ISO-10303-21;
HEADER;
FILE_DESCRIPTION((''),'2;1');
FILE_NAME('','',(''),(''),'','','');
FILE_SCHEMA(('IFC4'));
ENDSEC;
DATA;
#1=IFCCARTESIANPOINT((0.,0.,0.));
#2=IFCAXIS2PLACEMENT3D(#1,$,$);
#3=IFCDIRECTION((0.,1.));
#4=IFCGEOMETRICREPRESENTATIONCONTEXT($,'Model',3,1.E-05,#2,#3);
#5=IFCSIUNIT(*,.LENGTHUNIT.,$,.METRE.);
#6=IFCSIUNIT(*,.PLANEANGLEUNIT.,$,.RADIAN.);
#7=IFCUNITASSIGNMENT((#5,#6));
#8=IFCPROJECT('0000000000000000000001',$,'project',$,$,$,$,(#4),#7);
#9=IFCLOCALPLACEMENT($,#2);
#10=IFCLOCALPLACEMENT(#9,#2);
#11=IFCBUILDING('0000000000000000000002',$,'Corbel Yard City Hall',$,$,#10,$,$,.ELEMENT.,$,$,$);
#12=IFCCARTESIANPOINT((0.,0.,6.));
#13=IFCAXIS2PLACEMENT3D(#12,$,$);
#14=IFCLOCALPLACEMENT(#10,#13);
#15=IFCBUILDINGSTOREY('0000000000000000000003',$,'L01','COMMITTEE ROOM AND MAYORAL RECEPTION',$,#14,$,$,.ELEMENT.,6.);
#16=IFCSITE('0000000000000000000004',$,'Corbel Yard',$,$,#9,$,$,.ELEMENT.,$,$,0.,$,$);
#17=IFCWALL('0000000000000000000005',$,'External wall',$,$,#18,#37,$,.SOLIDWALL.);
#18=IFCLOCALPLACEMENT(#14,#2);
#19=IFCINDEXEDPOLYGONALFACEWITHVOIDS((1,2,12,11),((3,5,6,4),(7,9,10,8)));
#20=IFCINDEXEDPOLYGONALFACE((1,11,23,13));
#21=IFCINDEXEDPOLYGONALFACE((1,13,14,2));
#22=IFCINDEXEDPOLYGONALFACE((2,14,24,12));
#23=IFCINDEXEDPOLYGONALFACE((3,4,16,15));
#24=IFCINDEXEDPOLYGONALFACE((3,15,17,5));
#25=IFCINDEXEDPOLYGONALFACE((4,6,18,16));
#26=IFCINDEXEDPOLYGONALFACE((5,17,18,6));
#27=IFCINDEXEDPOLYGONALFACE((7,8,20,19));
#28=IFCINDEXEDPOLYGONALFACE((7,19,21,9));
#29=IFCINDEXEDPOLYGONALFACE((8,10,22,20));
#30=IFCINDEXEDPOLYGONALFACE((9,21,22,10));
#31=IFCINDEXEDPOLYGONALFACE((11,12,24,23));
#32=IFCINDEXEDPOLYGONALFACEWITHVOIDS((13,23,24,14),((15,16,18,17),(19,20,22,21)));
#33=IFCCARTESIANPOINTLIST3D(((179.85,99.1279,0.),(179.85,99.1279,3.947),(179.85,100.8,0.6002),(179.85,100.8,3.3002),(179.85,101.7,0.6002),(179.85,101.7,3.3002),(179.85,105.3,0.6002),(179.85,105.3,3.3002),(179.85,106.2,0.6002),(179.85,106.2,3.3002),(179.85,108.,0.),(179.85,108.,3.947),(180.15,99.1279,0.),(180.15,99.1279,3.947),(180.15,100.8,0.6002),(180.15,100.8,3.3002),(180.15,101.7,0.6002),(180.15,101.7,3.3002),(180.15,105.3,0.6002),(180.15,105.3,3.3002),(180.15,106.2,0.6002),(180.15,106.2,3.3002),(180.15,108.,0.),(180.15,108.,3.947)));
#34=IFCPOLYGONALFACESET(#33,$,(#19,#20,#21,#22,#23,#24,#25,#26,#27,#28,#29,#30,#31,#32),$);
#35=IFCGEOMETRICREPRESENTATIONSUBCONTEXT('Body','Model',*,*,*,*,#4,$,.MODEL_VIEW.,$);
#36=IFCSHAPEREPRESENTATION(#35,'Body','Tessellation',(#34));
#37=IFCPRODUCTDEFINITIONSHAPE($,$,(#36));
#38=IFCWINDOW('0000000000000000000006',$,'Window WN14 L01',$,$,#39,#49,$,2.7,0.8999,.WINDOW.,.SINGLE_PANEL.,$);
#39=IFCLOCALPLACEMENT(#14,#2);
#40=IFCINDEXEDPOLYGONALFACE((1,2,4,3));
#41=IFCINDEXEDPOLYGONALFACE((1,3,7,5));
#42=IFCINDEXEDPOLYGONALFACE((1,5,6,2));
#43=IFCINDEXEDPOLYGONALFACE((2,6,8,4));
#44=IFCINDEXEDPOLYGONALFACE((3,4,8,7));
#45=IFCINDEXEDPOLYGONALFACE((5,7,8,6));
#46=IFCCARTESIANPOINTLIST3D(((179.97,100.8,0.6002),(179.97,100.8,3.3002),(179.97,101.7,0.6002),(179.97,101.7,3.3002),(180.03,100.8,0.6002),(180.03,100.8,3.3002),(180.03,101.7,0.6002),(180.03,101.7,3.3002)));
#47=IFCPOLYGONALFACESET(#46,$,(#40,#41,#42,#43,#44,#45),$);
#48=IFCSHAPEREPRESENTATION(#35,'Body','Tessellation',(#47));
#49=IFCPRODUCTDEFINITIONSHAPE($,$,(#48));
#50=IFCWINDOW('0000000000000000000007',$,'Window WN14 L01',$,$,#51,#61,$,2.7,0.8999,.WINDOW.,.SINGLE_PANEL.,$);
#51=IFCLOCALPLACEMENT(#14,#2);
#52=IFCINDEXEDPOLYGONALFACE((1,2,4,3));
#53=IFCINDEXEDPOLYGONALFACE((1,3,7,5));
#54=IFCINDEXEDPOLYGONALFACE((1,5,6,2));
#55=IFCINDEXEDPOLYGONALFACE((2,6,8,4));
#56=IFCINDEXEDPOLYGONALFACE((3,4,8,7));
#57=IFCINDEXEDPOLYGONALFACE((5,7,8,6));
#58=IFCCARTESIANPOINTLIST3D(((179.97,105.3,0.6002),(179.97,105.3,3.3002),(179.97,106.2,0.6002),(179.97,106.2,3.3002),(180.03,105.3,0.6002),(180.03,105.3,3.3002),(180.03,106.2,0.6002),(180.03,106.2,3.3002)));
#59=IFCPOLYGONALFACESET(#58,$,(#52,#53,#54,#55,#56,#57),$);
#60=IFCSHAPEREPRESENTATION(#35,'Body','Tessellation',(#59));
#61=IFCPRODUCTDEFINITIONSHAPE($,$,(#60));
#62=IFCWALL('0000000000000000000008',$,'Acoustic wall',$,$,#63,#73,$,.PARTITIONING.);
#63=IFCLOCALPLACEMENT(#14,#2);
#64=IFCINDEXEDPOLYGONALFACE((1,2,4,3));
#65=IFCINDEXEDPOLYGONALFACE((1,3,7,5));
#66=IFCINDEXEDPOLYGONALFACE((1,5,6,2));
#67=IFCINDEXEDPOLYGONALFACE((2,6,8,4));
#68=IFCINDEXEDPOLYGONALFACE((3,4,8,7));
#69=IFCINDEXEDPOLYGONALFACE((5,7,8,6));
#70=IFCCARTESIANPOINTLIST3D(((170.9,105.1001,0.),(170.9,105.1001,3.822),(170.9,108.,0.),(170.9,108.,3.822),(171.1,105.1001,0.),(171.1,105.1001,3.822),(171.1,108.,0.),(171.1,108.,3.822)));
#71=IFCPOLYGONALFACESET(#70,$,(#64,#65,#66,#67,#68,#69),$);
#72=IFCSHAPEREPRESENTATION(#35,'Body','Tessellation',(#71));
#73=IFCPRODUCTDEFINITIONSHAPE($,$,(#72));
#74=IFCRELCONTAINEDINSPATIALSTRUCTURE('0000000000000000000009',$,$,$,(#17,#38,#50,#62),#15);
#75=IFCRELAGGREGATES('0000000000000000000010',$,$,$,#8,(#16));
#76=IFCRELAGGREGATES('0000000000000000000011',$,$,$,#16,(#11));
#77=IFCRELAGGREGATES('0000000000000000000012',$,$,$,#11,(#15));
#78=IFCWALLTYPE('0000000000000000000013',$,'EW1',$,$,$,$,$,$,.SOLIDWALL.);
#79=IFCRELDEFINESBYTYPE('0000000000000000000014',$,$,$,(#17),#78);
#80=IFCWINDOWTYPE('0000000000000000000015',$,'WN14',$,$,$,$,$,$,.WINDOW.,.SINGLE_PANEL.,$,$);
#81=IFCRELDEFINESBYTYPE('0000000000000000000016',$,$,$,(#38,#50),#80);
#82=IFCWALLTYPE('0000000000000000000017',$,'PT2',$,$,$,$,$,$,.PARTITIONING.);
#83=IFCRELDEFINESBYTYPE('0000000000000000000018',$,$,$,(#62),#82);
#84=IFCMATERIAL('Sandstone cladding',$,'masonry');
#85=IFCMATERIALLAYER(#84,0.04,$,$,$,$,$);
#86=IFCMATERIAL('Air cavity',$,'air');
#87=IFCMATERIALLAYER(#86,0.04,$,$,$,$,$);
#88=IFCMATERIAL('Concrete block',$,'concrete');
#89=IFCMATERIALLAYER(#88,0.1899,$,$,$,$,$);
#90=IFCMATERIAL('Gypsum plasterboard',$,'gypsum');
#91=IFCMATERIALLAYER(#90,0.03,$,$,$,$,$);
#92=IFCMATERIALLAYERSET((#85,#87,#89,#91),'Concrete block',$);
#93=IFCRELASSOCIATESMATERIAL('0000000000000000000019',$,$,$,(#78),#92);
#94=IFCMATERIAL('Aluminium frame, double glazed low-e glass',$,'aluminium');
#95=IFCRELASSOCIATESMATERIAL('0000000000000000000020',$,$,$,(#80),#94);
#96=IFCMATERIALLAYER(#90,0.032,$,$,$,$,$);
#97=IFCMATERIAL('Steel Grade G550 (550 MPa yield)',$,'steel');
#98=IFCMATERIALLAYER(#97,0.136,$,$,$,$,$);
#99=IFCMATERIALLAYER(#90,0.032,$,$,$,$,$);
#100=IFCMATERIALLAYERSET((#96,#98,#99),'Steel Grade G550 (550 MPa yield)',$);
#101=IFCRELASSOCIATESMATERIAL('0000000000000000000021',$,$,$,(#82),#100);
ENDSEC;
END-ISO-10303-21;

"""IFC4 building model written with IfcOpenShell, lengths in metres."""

from ifc_helpers import new_model, si_unit, direction, frame, frame_2d, origin, place, context, subcontext, project, spatial, rectangle, extrude, material, layer, layer_set, type_object, element, fill, save


model = new_model("IFC4")

# Units and contexts
model_context = context("Model", 3, precision=1e-05, world=origin(), true_north=direction((0.0, 1.0)))
body_context = subcontext(model_context, "Body", "Model", "MODEL_VIEW")
ifc_project = project(units=[si_unit("LENGTHUNIT", "METRE"), si_unit("PLANEANGLEUNIT", "RADIAN")], contexts=[model_context])

# Site, building, storey
site_placement = place(None, origin())
site = spatial("IfcSite", under=ifc_project, at=site_placement, Name="Corbel Yard", CompositionType="ELEMENT", RefElevation=0.0)
building_placement = place(site_placement, origin())
building = spatial("IfcBuilding", under=site, at=building_placement, Name="Corbel Yard City Hall", CompositionType="ELEMENT")
storey_placement = place(building_placement, frame((0.0, 0.0, 6.0)))
storey = spatial("IfcBuildingStorey", under=building, at=storey_placement, Name="L01", Description="COMMITTEE ROOM AND MAYORAL RECEPTION", CompositionType="ELEMENT", Elevation=6.0)

# Wall, openings, windows
ifc_material_1 = material(Name="Sandstone cladding", Category="masonry")
ifc_layer_1 = layer(ifc_material_1, 0.04)
ifc_material_2 = material(Name="Air cavity", Category="air")
ifc_layer_2 = layer(ifc_material_2, 0.04)
ifc_material_3 = material(Name="Concrete block", Category="concrete")
ifc_layer_3 = layer(ifc_material_3, 0.1899)
ifc_material_4 = material(Name="Gypsum plasterboard", Category="gypsum")
ifc_layer_4 = layer(ifc_material_4, 0.03)
ifc_layer_set_1 = layer_set([ifc_layer_1, ifc_layer_2, ifc_layer_3, ifc_layer_4], Name="Concrete block")
wall_type_1 = type_object("IfcWallType", Name="EW1", PredefinedType="SOLIDWALL", material=ifc_layer_set_1)
ifc_material_5 = material(Name="Aluminium frame, double glazed low-e glass", Category="aluminium")
wall_1_placement = place(storey_placement, frame((180.0, 99.1279, 0.0), z_axis=(0.0, 0.0, 1.0), x_axis=(0.0, 1.0, 0.0)))
wall_1 = element("IfcWall", 1, at=wall_1_placement, inside=storey, type_object=wall_type_1, Name="External wall", PredefinedType="SOLIDWALL", context=body_context, shape_type="SweptSolid", body=[
    extrude(rectangle(XDim=8.8721, YDim=0.3, at=frame_2d((4.436, 0.0))), origin(), (0.0, 0.0, 1.0), 3.947),
])
opening_1_placement = place(wall_1_placement, frame((1.6721, 0.0, 0.6001)))
opening_1 = element("IfcOpeningElement", 2, at=opening_1_placement, cuts=wall_1, PredefinedType="OPENING", context=body_context, shape_type="SweptSolid", body=[
    extrude(rectangle(XDim=0.8999, YDim=2.7, at=frame_2d((0.45, 1.3501))), frame((0.0, 0.1599, 0.0), z_axis=(0.0, -1.0, 0.0), x_axis=(1.0, 0.0, 0.0)), (0.0, 0.0, 1.0), 0.3201),
])
opening_2_placement = place(wall_1_placement, frame((6.1721, 0.0, 0.6001)))
opening_2 = element("IfcOpeningElement", 3, at=opening_2_placement, cuts=wall_1, PredefinedType="OPENING", context=body_context, shape_type="SweptSolid", body=[
    extrude(rectangle(XDim=0.8999, YDim=2.7, at=frame_2d((0.45, 1.3501))), frame((0.0, 0.1599, 0.0), z_axis=(0.0, -1.0, 0.0), x_axis=(1.0, 0.0, 0.0)), (0.0, 0.0, 1.0), 0.3201),
])
window_type_1 = type_object("IfcWindowType", Name="WN14", PartitioningType="SINGLE_PANEL", PredefinedType="WINDOW", material=ifc_material_5)
window_1_placement = place(opening_1_placement, origin())
window_1 = element("IfcWindow", 4, at=window_1_placement, inside=storey, type_object=window_type_1, Name="Window WN14 L01", OverallHeight=2.7, OverallWidth=0.8999, PartitioningType="SINGLE_PANEL", PredefinedType="WINDOW", context=body_context, shape_type="SweptSolid", body=[
    extrude(rectangle(XDim=0.8999, YDim=2.7, at=frame_2d((0.45, 1.3501))), frame((0.0, 0.03, 0.0), z_axis=(0.0, -1.0, 0.0), x_axis=(1.0, 0.0, 0.0)), (0.0, 0.0, 1.0), 0.0601),
])
fill(opening_1, window_1)
window_2_placement = place(opening_2_placement, origin())
window_2 = element("IfcWindow", 5, at=window_2_placement, inside=storey, type_object=window_type_1, Name="Window WN14 L01", OverallHeight=2.7, OverallWidth=0.8999, PartitioningType="SINGLE_PANEL", PredefinedType="WINDOW", context=body_context, shape_type="SweptSolid", body=[
    extrude(rectangle(XDim=0.8999, YDim=2.7, at=frame_2d((0.45, 1.3501))), frame((0.0, 0.03, 0.0), z_axis=(0.0, -1.0, 0.0), x_axis=(1.0, 0.0, 0.0)), (0.0, 0.0, 1.0), 0.0601),
])
fill(opening_2, window_2)

# Wall
ifc_layer_5 = layer(ifc_material_4, 0.032)
ifc_material_6 = material(Name="Steel Grade G550 (550 MPa yield)", Category="steel")
ifc_layer_6 = layer(ifc_material_6, 0.136)
ifc_layer_7 = layer(ifc_material_4, 0.032)
ifc_layer_set_2 = layer_set([ifc_layer_5, ifc_layer_6, ifc_layer_7], Name="Steel Grade G550 (550 MPa yield)")
wall_type_2 = type_object("IfcWallType", Name="PT2", PredefinedType="PARTITIONING", material=ifc_layer_set_2)
wall_2_placement = place(storey_placement, frame((171.0, 105.1001, 0.0), z_axis=(0.0, 0.0, 1.0), x_axis=(0.0, 1.0, 0.0)))
element("IfcWall", 6, at=wall_2_placement, inside=storey, type_object=wall_type_2, Name="Acoustic wall", PredefinedType="PARTITIONING", context=body_context, shape_type="SweptSolid", body=[
    extrude(rectangle(XDim=2.8999, YDim=0.2, at=frame_2d((1.45, 0.0))), origin(), (0.0, 0.0, 1.0), 3.822),
])

save(model, "model.ifc")
